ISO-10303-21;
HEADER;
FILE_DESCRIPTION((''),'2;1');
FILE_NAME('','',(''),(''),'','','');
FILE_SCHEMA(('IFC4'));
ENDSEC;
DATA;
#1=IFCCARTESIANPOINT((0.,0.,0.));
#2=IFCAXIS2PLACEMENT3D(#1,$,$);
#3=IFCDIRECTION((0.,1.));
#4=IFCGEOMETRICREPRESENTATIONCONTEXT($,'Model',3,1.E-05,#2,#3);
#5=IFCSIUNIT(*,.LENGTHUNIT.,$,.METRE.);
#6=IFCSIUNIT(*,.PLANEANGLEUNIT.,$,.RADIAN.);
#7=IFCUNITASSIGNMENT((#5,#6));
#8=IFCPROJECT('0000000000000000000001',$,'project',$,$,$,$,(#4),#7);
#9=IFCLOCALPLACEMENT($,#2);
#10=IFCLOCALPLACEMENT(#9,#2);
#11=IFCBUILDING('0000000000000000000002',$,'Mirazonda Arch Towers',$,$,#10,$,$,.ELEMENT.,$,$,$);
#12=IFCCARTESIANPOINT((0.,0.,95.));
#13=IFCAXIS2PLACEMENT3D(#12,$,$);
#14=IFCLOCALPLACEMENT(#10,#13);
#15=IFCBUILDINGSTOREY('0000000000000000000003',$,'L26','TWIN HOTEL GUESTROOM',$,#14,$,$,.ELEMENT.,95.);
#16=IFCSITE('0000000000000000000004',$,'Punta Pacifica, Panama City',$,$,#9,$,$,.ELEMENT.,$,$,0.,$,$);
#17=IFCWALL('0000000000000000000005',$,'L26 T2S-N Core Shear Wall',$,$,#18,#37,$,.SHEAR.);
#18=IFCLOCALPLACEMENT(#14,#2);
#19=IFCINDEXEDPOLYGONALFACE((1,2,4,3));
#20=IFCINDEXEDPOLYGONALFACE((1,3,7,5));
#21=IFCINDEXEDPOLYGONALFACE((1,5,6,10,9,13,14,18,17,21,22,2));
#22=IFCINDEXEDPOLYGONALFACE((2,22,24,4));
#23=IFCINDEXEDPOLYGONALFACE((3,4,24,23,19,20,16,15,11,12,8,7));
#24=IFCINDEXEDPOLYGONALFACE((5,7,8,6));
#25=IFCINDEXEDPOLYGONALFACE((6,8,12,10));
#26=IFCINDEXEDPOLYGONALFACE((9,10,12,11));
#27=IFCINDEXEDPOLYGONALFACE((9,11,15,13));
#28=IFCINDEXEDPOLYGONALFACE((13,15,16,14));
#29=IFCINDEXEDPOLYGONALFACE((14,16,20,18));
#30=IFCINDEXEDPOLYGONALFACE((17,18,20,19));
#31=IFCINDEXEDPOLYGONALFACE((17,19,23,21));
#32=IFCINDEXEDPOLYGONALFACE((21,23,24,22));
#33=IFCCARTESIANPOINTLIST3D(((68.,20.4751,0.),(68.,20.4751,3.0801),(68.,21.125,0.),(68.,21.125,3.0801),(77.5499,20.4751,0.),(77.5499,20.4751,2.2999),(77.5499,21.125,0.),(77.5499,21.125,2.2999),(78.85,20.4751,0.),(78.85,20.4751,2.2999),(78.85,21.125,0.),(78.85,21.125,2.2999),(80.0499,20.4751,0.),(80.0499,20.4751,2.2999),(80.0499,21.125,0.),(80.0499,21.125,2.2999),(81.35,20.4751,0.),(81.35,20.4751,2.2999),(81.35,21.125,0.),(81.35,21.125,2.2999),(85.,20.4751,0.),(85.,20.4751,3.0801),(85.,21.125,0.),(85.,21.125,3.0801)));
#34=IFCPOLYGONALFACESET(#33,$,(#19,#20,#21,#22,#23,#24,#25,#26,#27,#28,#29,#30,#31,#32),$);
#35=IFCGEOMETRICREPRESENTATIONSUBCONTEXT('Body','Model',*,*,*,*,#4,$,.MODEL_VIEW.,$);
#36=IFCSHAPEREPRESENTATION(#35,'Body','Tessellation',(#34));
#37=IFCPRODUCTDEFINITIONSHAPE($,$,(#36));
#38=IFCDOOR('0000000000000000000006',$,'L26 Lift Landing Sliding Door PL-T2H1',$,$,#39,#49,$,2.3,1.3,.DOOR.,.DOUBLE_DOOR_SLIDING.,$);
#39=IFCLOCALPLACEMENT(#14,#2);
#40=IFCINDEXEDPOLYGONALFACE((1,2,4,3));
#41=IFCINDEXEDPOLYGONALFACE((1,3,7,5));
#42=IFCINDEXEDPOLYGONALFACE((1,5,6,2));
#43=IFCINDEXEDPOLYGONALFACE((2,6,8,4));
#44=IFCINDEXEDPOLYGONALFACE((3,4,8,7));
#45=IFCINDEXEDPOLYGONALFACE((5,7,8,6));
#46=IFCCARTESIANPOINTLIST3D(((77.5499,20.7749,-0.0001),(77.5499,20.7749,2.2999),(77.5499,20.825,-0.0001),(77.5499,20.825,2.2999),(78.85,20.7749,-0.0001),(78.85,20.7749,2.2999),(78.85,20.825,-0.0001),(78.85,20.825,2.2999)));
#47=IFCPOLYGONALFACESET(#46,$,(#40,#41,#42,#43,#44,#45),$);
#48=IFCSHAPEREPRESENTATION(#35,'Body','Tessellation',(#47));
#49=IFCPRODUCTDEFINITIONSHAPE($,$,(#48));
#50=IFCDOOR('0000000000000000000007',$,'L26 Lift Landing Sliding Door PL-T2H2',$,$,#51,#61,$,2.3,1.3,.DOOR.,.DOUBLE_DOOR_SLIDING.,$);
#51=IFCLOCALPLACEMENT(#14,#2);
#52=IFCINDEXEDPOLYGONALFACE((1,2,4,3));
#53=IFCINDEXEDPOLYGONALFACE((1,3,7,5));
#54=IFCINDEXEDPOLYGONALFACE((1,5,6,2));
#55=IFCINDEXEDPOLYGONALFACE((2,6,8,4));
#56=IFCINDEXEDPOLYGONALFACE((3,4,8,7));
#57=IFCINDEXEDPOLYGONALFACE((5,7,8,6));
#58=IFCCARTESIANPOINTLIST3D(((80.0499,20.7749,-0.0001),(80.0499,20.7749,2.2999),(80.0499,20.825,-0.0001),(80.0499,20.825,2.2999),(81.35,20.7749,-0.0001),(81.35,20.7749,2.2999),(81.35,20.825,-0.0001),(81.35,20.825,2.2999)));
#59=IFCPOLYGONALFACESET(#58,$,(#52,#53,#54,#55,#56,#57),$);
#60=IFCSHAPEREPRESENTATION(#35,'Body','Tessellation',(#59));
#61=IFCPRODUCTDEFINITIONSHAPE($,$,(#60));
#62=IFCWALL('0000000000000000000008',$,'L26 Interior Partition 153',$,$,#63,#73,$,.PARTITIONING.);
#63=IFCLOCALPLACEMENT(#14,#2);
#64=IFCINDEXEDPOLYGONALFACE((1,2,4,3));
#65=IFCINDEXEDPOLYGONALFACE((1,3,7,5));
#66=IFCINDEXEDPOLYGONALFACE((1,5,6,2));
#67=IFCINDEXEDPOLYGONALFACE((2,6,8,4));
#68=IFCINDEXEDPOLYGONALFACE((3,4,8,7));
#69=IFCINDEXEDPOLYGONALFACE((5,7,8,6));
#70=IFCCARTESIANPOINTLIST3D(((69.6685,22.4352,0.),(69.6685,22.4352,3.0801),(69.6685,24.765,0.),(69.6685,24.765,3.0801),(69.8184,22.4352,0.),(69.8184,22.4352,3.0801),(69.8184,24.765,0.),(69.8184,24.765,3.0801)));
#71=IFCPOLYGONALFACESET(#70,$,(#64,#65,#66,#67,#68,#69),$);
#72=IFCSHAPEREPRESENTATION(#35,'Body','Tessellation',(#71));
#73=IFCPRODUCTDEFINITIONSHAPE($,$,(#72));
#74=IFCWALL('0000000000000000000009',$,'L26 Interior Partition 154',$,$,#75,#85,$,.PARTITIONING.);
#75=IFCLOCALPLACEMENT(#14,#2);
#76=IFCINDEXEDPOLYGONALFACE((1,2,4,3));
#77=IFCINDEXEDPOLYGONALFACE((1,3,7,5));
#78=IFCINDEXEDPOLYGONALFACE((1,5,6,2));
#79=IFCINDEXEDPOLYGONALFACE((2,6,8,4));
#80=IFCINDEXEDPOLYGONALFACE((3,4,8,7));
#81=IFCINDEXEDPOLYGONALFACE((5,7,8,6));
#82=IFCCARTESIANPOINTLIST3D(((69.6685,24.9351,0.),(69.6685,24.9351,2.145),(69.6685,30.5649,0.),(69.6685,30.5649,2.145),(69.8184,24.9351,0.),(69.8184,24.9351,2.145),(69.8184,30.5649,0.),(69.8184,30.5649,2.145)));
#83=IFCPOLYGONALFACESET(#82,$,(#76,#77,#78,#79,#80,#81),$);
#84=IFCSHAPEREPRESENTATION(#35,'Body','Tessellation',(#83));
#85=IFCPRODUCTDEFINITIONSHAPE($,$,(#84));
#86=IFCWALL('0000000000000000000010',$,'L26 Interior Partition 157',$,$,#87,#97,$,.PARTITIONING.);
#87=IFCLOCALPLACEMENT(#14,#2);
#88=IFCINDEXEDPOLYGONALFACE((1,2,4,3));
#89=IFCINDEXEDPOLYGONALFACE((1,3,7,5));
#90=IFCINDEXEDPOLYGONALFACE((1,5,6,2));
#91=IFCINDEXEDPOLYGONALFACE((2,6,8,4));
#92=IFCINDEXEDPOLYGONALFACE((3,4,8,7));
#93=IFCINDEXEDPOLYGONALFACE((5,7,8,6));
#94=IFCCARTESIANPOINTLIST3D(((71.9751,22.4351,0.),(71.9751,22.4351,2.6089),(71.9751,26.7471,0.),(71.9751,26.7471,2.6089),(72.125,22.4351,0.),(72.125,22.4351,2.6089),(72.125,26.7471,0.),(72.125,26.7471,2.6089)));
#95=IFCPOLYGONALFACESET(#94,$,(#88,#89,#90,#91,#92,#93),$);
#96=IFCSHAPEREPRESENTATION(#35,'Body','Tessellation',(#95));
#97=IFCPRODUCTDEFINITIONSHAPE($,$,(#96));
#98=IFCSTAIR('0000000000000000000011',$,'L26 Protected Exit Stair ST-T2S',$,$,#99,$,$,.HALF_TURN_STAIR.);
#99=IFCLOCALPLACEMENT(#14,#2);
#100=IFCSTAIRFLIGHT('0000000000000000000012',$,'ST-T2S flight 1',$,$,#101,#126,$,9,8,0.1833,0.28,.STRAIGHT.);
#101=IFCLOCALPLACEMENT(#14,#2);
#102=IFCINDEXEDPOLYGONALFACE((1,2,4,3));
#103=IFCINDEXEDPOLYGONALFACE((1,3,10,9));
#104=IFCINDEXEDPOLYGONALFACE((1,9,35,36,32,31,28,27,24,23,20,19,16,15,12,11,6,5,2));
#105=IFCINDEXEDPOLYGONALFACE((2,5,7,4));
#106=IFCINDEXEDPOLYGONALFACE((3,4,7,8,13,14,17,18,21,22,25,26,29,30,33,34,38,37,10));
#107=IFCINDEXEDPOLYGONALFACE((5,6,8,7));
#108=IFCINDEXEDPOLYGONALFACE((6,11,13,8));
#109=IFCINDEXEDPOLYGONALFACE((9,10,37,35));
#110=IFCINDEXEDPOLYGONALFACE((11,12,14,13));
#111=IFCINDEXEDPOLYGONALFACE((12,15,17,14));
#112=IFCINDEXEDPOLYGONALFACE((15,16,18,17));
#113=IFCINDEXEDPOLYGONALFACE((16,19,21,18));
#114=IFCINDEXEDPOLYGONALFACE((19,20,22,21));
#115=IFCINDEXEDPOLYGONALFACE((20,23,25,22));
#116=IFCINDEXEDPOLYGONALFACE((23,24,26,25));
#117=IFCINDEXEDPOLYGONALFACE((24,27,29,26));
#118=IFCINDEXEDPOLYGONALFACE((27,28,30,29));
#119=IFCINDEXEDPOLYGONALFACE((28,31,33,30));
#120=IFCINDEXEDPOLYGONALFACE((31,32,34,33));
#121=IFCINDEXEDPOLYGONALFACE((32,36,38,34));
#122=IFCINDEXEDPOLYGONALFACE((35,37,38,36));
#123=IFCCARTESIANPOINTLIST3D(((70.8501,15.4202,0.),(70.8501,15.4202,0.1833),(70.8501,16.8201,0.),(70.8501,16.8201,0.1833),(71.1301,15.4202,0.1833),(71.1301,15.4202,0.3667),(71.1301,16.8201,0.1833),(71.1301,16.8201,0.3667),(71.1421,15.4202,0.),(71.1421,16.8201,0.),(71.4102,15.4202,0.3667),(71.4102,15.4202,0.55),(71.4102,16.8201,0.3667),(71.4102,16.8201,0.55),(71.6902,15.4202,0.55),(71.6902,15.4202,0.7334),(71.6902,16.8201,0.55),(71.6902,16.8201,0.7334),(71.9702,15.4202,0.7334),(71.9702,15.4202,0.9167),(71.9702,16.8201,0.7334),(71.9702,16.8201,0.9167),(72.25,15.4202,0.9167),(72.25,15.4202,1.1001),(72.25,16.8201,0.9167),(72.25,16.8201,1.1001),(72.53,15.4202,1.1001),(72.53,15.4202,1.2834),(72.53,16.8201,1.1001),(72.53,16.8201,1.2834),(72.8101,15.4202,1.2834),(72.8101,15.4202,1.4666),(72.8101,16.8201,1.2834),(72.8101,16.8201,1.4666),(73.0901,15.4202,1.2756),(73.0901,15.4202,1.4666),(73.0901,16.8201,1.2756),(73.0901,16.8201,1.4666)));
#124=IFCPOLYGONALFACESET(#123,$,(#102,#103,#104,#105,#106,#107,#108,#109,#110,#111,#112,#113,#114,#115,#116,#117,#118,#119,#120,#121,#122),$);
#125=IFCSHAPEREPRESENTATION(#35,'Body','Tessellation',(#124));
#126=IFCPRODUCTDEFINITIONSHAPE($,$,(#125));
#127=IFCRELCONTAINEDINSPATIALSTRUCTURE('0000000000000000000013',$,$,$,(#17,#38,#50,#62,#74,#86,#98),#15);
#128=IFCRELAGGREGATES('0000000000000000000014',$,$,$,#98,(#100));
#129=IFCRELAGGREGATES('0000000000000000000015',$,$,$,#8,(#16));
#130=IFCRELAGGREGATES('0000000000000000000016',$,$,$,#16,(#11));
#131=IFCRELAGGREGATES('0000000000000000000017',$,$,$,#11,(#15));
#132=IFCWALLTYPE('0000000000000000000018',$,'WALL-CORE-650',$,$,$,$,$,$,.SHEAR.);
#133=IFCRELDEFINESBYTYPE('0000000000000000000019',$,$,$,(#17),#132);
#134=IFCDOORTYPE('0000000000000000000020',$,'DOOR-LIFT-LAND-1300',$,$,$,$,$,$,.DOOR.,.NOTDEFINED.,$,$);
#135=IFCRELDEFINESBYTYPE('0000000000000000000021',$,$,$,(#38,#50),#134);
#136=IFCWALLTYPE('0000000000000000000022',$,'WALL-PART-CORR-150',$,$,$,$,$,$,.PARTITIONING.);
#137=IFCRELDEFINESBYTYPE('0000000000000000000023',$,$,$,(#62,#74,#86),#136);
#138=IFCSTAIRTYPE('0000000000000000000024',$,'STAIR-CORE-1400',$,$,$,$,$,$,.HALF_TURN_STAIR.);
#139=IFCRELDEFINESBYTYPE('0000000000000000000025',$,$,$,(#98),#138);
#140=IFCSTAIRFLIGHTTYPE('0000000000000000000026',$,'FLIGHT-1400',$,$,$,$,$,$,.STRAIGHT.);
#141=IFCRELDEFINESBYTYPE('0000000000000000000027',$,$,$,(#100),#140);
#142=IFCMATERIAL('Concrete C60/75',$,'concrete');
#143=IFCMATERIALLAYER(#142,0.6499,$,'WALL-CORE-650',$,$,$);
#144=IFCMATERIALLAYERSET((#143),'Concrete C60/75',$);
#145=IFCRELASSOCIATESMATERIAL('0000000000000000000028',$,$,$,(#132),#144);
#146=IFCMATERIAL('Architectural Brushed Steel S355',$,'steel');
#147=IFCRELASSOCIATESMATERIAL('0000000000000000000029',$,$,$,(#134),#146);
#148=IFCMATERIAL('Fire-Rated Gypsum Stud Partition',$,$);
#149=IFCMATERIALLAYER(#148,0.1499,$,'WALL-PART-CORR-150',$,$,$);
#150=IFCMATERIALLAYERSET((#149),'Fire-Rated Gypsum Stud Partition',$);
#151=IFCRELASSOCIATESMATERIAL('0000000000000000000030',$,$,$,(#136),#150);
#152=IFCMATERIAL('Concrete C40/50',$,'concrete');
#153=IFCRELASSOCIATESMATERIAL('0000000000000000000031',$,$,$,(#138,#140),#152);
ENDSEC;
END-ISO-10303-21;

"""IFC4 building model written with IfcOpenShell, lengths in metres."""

from ifc_helpers import new_model, si_unit, direction, frame, frame_2d, origin, place, context, subcontext, project, spatial, polyline, rectangle, outline, extrude, material, layer, layer_set, type_object, element, fill, aggregate, save


model = new_model("IFC4")

# Units and contexts
model_context = context("Model", 3, precision=1e-05, world=origin(), true_north=direction((0.0, 1.0)))
body_context = subcontext(model_context, "Body", "Model", "MODEL_VIEW")
ifc_project = project(units=[si_unit("LENGTHUNIT", "METRE"), si_unit("PLANEANGLEUNIT", "RADIAN")], contexts=[model_context])

# Site, building, storey
site_placement = place(None, origin())
site = spatial("IfcSite", under=ifc_project, at=site_placement, Name="Punta Pacifica, Panama City", CompositionType="ELEMENT", RefElevation=0.0)
building_placement = place(site_placement, origin())
building = spatial("IfcBuilding", under=site, at=building_placement, Name="Mirazonda Arch Towers", CompositionType="ELEMENT")
storey_placement = place(building_placement, frame((0.0, 0.0, 95.0)))
storey = spatial("IfcBuildingStorey", under=building, at=storey_placement, Name="L26", Description="TWIN HOTEL GUESTROOM", CompositionType="ELEMENT", Elevation=95.0)

# Shared definitions
ifc_material_1 = material(Name="Architectural Brushed Steel S355", Category="steel")

# Shared definitions
ifc_material_2 = material(Name="Concrete C60/75", Category="concrete")
ifc_layer_1 = layer(ifc_material_2, 0.6499, Name="WALL-CORE-650")
ifc_layer_set_1 = layer_set([ifc_layer_1], Name="Concrete C60/75")
wall_type_1 = type_object("IfcWallType", Name="WALL-CORE-650", PredefinedType="SHEAR", material=ifc_layer_set_1)

# Wall, openings, doors
wall_1_placement = place(storey_placement, frame((68.0, 20.8, 0.0), z_axis=(0.0, 0.0, 1.0), x_axis=(1.0, 0.0, 0.0)))
wall_1 = element("IfcWall", 1, at=wall_1_placement, inside=storey, type_object=wall_type_1, Name="L26 T2S-N Core Shear Wall", PredefinedType="SHEAR", context=body_context, shape_type="SweptSolid", body=[
    extrude(rectangle(XDim=17.0, YDim=0.6499, at=frame_2d((8.5, 0.0))), origin(), (0.0, 0.0, 1.0), 3.0801),
])
opening_1_placement = place(wall_1_placement, frame((9.55, 0.0, 0.0)))
opening_1 = element("IfcOpeningElement", 2, at=opening_1_placement, cuts=wall_1, PredefinedType="OPENING", context=body_context, shape_type="SweptSolid", body=[
    extrude(rectangle(XDim=1.3, YDim=2.3, at=frame_2d((0.6499, 1.1499))), frame((0.0, 0.335, 0.0), z_axis=(0.0, -1.0, 0.0), x_axis=(1.0, 0.0, 0.0)), (0.0, 0.0, 1.0), 0.6699),
])
opening_2_placement = place(wall_1_placement, frame((12.05, 0.0, 0.0)))
opening_2 = element("IfcOpeningElement", 3, at=opening_2_placement, cuts=wall_1, PredefinedType="OPENING", context=body_context, shape_type="SweptSolid", body=[
    extrude(rectangle(XDim=1.3, YDim=2.3, at=frame_2d((0.6499, 1.1499))), frame((0.0, 0.335, 0.0), z_axis=(0.0, -1.0, 0.0), x_axis=(1.0, 0.0, 0.0)), (0.0, 0.0, 1.0), 0.6699),
])
door_type_1 = type_object("IfcDoorType", Name="DOOR-LIFT-LAND-1300", OperationType="NOTDEFINED", PredefinedType="DOOR", material=ifc_material_1)
door_1_placement = place(opening_1_placement, origin())
door_1 = element("IfcDoor", 4, at=door_1_placement, inside=storey, type_object=door_type_1, Name="L26 Lift Landing Sliding Door PL-T2H1", OperationType="DOUBLE_DOOR_SLIDING", OverallHeight=2.3, OverallWidth=1.3, PredefinedType="DOOR", context=body_context, shape_type="SweptSolid", body=[
    extrude(rectangle(XDim=1.3, YDim=2.3, at=frame_2d((0.6499, 1.1499))), frame((0.0, 0.0249, 0.0), z_axis=(0.0, -1.0, 0.0), x_axis=(1.0, 0.0, 0.0)), (0.0, 0.0, 1.0), 0.05),
])
fill(opening_1, door_1)
door_2_placement = place(opening_2_placement, origin())
door_2 = element("IfcDoor", 5, at=door_2_placement, inside=storey, type_object=door_type_1, Name="L26 Lift Landing Sliding Door PL-T2H2", OperationType="DOUBLE_DOOR_SLIDING", OverallHeight=2.3, OverallWidth=1.3, PredefinedType="DOOR", context=body_context, shape_type="SweptSolid", body=[
    extrude(rectangle(XDim=1.3, YDim=2.3, at=frame_2d((0.6499, 1.1499))), frame((0.0, 0.0249, 0.0), z_axis=(0.0, -1.0, 0.0), x_axis=(1.0, 0.0, 0.0)), (0.0, 0.0, 1.0), 0.05),
])
fill(opening_2, door_2)

# Walls
ifc_material_3 = material(Name="Fire-Rated Gypsum Stud Partition")
ifc_layer_2 = layer(ifc_material_3, 0.1499, Name="WALL-PART-CORR-150")
ifc_layer_set_2 = layer_set([ifc_layer_2], Name="Fire-Rated Gypsum Stud Partition")
wall_type_2 = type_object("IfcWallType", Name="WALL-PART-CORR-150", PredefinedType="PARTITIONING", material=ifc_layer_set_2)
wall_2_placement = place(storey_placement, frame((69.7434, 22.4351, 0.0), z_axis=(0.0, 0.0, 1.0), x_axis=(0.0, 1.0, 0.0)))
element("IfcWall", 6, at=wall_2_placement, inside=storey, type_object=wall_type_2, Name="L26 Interior Partition 153", PredefinedType="PARTITIONING", context=body_context, shape_type="SweptSolid", body=[
    extrude(rectangle(XDim=2.3298, YDim=0.1499, at=frame_2d((1.165, 0.0))), origin(), (0.0, 0.0, 1.0), 3.0801),
])
wall_3_placement = place(storey_placement, frame((69.7434, 24.9351, 0.0), z_axis=(0.0, 0.0, 1.0), x_axis=(0.0, 1.0, 0.0)))
element("IfcWall", 7, at=wall_3_placement, inside=storey, type_object=wall_type_2, Name="L26 Interior Partition 154", PredefinedType="PARTITIONING", context=body_context, shape_type="SweptSolid", body=[
    extrude(rectangle(XDim=5.6299, YDim=0.1499, at=frame_2d((2.8149, 0.0))), origin(), (0.0, 0.0, 1.0), 2.145),
])
wall_4_placement = place(storey_placement, frame((72.05, 22.4351, 0.0), z_axis=(0.0, 0.0, 1.0), x_axis=(0.0, 1.0, 0.0)))
element("IfcWall", 8, at=wall_4_placement, inside=storey, type_object=wall_type_2, Name="L26 Interior Partition 157", PredefinedType="PARTITIONING", context=body_context, shape_type="SweptSolid", body=[
    extrude(rectangle(XDim=4.312, YDim=0.1499, at=frame_2d((2.156, 0.0))), origin(), (0.0, 0.0, 1.0), 2.6089),
])

# Stair, stair flight
ifc_material_4 = material(Name="Concrete C40/50", Category="concrete")
stair_type = type_object("IfcStairType", Name="STAIR-CORE-1400", PredefinedType="HALF_TURN_STAIR", material=ifc_material_4)
stair_placement = place(storey_placement, origin())
stair = element("IfcStair", 9, at=stair_placement, inside=storey, type_object=stair_type, Name="L26 Protected Exit Stair ST-T2S", PredefinedType="HALF_TURN_STAIR")
stair_flight_type = type_object("IfcStairFlightType", Name="FLIGHT-1400", PredefinedType="STRAIGHT", material=ifc_material_4)
stair_flight_placement = place(storey_placement, frame((70.8501, 16.1201, 0.0), z_axis=(0.0, 0.0, 1.0), x_axis=(1.0, 0.0, 0.0)))
stair_flight = element("IfcStairFlight", 10, at=stair_flight_placement, type_object=stair_flight_type, Name="ST-T2S flight 1", NumberOfRisers=9, NumberOfTreads=8, PredefinedType="STRAIGHT", RiserHeight=0.1833, TreadLength=0.28, context=body_context, shape_type="SweptSolid", body=[
    extrude(outline(polyline([(0.0, 0.0), (0.0, 0.1833), (0.28, 0.1833), (0.28, 0.3667), (0.5601, 0.3667), (0.5601, 0.55), (0.8401, 0.55), (0.8401, 0.7334), (1.1201, 0.7334), (1.1201, 0.9167), (1.3999, 0.9167), (1.3999, 1.1001), (1.6799, 1.1001), (1.6799, 1.2834), (1.96, 1.2834), (1.96, 1.4666), (2.24, 1.4666), (2.24, 1.6499), (2.24, 1.2756), (0.292, 0.0), (0.0, 0.0)])), frame((0.0, 0.7, 0.0), z_axis=(0.0, -1.0, 0.0), x_axis=(1.0, 0.0, 0.0)), (0.0, 0.0, 1.0), 1.3999),
])
aggregate(stair, [stair_flight])

save(model, "model.ifc")
